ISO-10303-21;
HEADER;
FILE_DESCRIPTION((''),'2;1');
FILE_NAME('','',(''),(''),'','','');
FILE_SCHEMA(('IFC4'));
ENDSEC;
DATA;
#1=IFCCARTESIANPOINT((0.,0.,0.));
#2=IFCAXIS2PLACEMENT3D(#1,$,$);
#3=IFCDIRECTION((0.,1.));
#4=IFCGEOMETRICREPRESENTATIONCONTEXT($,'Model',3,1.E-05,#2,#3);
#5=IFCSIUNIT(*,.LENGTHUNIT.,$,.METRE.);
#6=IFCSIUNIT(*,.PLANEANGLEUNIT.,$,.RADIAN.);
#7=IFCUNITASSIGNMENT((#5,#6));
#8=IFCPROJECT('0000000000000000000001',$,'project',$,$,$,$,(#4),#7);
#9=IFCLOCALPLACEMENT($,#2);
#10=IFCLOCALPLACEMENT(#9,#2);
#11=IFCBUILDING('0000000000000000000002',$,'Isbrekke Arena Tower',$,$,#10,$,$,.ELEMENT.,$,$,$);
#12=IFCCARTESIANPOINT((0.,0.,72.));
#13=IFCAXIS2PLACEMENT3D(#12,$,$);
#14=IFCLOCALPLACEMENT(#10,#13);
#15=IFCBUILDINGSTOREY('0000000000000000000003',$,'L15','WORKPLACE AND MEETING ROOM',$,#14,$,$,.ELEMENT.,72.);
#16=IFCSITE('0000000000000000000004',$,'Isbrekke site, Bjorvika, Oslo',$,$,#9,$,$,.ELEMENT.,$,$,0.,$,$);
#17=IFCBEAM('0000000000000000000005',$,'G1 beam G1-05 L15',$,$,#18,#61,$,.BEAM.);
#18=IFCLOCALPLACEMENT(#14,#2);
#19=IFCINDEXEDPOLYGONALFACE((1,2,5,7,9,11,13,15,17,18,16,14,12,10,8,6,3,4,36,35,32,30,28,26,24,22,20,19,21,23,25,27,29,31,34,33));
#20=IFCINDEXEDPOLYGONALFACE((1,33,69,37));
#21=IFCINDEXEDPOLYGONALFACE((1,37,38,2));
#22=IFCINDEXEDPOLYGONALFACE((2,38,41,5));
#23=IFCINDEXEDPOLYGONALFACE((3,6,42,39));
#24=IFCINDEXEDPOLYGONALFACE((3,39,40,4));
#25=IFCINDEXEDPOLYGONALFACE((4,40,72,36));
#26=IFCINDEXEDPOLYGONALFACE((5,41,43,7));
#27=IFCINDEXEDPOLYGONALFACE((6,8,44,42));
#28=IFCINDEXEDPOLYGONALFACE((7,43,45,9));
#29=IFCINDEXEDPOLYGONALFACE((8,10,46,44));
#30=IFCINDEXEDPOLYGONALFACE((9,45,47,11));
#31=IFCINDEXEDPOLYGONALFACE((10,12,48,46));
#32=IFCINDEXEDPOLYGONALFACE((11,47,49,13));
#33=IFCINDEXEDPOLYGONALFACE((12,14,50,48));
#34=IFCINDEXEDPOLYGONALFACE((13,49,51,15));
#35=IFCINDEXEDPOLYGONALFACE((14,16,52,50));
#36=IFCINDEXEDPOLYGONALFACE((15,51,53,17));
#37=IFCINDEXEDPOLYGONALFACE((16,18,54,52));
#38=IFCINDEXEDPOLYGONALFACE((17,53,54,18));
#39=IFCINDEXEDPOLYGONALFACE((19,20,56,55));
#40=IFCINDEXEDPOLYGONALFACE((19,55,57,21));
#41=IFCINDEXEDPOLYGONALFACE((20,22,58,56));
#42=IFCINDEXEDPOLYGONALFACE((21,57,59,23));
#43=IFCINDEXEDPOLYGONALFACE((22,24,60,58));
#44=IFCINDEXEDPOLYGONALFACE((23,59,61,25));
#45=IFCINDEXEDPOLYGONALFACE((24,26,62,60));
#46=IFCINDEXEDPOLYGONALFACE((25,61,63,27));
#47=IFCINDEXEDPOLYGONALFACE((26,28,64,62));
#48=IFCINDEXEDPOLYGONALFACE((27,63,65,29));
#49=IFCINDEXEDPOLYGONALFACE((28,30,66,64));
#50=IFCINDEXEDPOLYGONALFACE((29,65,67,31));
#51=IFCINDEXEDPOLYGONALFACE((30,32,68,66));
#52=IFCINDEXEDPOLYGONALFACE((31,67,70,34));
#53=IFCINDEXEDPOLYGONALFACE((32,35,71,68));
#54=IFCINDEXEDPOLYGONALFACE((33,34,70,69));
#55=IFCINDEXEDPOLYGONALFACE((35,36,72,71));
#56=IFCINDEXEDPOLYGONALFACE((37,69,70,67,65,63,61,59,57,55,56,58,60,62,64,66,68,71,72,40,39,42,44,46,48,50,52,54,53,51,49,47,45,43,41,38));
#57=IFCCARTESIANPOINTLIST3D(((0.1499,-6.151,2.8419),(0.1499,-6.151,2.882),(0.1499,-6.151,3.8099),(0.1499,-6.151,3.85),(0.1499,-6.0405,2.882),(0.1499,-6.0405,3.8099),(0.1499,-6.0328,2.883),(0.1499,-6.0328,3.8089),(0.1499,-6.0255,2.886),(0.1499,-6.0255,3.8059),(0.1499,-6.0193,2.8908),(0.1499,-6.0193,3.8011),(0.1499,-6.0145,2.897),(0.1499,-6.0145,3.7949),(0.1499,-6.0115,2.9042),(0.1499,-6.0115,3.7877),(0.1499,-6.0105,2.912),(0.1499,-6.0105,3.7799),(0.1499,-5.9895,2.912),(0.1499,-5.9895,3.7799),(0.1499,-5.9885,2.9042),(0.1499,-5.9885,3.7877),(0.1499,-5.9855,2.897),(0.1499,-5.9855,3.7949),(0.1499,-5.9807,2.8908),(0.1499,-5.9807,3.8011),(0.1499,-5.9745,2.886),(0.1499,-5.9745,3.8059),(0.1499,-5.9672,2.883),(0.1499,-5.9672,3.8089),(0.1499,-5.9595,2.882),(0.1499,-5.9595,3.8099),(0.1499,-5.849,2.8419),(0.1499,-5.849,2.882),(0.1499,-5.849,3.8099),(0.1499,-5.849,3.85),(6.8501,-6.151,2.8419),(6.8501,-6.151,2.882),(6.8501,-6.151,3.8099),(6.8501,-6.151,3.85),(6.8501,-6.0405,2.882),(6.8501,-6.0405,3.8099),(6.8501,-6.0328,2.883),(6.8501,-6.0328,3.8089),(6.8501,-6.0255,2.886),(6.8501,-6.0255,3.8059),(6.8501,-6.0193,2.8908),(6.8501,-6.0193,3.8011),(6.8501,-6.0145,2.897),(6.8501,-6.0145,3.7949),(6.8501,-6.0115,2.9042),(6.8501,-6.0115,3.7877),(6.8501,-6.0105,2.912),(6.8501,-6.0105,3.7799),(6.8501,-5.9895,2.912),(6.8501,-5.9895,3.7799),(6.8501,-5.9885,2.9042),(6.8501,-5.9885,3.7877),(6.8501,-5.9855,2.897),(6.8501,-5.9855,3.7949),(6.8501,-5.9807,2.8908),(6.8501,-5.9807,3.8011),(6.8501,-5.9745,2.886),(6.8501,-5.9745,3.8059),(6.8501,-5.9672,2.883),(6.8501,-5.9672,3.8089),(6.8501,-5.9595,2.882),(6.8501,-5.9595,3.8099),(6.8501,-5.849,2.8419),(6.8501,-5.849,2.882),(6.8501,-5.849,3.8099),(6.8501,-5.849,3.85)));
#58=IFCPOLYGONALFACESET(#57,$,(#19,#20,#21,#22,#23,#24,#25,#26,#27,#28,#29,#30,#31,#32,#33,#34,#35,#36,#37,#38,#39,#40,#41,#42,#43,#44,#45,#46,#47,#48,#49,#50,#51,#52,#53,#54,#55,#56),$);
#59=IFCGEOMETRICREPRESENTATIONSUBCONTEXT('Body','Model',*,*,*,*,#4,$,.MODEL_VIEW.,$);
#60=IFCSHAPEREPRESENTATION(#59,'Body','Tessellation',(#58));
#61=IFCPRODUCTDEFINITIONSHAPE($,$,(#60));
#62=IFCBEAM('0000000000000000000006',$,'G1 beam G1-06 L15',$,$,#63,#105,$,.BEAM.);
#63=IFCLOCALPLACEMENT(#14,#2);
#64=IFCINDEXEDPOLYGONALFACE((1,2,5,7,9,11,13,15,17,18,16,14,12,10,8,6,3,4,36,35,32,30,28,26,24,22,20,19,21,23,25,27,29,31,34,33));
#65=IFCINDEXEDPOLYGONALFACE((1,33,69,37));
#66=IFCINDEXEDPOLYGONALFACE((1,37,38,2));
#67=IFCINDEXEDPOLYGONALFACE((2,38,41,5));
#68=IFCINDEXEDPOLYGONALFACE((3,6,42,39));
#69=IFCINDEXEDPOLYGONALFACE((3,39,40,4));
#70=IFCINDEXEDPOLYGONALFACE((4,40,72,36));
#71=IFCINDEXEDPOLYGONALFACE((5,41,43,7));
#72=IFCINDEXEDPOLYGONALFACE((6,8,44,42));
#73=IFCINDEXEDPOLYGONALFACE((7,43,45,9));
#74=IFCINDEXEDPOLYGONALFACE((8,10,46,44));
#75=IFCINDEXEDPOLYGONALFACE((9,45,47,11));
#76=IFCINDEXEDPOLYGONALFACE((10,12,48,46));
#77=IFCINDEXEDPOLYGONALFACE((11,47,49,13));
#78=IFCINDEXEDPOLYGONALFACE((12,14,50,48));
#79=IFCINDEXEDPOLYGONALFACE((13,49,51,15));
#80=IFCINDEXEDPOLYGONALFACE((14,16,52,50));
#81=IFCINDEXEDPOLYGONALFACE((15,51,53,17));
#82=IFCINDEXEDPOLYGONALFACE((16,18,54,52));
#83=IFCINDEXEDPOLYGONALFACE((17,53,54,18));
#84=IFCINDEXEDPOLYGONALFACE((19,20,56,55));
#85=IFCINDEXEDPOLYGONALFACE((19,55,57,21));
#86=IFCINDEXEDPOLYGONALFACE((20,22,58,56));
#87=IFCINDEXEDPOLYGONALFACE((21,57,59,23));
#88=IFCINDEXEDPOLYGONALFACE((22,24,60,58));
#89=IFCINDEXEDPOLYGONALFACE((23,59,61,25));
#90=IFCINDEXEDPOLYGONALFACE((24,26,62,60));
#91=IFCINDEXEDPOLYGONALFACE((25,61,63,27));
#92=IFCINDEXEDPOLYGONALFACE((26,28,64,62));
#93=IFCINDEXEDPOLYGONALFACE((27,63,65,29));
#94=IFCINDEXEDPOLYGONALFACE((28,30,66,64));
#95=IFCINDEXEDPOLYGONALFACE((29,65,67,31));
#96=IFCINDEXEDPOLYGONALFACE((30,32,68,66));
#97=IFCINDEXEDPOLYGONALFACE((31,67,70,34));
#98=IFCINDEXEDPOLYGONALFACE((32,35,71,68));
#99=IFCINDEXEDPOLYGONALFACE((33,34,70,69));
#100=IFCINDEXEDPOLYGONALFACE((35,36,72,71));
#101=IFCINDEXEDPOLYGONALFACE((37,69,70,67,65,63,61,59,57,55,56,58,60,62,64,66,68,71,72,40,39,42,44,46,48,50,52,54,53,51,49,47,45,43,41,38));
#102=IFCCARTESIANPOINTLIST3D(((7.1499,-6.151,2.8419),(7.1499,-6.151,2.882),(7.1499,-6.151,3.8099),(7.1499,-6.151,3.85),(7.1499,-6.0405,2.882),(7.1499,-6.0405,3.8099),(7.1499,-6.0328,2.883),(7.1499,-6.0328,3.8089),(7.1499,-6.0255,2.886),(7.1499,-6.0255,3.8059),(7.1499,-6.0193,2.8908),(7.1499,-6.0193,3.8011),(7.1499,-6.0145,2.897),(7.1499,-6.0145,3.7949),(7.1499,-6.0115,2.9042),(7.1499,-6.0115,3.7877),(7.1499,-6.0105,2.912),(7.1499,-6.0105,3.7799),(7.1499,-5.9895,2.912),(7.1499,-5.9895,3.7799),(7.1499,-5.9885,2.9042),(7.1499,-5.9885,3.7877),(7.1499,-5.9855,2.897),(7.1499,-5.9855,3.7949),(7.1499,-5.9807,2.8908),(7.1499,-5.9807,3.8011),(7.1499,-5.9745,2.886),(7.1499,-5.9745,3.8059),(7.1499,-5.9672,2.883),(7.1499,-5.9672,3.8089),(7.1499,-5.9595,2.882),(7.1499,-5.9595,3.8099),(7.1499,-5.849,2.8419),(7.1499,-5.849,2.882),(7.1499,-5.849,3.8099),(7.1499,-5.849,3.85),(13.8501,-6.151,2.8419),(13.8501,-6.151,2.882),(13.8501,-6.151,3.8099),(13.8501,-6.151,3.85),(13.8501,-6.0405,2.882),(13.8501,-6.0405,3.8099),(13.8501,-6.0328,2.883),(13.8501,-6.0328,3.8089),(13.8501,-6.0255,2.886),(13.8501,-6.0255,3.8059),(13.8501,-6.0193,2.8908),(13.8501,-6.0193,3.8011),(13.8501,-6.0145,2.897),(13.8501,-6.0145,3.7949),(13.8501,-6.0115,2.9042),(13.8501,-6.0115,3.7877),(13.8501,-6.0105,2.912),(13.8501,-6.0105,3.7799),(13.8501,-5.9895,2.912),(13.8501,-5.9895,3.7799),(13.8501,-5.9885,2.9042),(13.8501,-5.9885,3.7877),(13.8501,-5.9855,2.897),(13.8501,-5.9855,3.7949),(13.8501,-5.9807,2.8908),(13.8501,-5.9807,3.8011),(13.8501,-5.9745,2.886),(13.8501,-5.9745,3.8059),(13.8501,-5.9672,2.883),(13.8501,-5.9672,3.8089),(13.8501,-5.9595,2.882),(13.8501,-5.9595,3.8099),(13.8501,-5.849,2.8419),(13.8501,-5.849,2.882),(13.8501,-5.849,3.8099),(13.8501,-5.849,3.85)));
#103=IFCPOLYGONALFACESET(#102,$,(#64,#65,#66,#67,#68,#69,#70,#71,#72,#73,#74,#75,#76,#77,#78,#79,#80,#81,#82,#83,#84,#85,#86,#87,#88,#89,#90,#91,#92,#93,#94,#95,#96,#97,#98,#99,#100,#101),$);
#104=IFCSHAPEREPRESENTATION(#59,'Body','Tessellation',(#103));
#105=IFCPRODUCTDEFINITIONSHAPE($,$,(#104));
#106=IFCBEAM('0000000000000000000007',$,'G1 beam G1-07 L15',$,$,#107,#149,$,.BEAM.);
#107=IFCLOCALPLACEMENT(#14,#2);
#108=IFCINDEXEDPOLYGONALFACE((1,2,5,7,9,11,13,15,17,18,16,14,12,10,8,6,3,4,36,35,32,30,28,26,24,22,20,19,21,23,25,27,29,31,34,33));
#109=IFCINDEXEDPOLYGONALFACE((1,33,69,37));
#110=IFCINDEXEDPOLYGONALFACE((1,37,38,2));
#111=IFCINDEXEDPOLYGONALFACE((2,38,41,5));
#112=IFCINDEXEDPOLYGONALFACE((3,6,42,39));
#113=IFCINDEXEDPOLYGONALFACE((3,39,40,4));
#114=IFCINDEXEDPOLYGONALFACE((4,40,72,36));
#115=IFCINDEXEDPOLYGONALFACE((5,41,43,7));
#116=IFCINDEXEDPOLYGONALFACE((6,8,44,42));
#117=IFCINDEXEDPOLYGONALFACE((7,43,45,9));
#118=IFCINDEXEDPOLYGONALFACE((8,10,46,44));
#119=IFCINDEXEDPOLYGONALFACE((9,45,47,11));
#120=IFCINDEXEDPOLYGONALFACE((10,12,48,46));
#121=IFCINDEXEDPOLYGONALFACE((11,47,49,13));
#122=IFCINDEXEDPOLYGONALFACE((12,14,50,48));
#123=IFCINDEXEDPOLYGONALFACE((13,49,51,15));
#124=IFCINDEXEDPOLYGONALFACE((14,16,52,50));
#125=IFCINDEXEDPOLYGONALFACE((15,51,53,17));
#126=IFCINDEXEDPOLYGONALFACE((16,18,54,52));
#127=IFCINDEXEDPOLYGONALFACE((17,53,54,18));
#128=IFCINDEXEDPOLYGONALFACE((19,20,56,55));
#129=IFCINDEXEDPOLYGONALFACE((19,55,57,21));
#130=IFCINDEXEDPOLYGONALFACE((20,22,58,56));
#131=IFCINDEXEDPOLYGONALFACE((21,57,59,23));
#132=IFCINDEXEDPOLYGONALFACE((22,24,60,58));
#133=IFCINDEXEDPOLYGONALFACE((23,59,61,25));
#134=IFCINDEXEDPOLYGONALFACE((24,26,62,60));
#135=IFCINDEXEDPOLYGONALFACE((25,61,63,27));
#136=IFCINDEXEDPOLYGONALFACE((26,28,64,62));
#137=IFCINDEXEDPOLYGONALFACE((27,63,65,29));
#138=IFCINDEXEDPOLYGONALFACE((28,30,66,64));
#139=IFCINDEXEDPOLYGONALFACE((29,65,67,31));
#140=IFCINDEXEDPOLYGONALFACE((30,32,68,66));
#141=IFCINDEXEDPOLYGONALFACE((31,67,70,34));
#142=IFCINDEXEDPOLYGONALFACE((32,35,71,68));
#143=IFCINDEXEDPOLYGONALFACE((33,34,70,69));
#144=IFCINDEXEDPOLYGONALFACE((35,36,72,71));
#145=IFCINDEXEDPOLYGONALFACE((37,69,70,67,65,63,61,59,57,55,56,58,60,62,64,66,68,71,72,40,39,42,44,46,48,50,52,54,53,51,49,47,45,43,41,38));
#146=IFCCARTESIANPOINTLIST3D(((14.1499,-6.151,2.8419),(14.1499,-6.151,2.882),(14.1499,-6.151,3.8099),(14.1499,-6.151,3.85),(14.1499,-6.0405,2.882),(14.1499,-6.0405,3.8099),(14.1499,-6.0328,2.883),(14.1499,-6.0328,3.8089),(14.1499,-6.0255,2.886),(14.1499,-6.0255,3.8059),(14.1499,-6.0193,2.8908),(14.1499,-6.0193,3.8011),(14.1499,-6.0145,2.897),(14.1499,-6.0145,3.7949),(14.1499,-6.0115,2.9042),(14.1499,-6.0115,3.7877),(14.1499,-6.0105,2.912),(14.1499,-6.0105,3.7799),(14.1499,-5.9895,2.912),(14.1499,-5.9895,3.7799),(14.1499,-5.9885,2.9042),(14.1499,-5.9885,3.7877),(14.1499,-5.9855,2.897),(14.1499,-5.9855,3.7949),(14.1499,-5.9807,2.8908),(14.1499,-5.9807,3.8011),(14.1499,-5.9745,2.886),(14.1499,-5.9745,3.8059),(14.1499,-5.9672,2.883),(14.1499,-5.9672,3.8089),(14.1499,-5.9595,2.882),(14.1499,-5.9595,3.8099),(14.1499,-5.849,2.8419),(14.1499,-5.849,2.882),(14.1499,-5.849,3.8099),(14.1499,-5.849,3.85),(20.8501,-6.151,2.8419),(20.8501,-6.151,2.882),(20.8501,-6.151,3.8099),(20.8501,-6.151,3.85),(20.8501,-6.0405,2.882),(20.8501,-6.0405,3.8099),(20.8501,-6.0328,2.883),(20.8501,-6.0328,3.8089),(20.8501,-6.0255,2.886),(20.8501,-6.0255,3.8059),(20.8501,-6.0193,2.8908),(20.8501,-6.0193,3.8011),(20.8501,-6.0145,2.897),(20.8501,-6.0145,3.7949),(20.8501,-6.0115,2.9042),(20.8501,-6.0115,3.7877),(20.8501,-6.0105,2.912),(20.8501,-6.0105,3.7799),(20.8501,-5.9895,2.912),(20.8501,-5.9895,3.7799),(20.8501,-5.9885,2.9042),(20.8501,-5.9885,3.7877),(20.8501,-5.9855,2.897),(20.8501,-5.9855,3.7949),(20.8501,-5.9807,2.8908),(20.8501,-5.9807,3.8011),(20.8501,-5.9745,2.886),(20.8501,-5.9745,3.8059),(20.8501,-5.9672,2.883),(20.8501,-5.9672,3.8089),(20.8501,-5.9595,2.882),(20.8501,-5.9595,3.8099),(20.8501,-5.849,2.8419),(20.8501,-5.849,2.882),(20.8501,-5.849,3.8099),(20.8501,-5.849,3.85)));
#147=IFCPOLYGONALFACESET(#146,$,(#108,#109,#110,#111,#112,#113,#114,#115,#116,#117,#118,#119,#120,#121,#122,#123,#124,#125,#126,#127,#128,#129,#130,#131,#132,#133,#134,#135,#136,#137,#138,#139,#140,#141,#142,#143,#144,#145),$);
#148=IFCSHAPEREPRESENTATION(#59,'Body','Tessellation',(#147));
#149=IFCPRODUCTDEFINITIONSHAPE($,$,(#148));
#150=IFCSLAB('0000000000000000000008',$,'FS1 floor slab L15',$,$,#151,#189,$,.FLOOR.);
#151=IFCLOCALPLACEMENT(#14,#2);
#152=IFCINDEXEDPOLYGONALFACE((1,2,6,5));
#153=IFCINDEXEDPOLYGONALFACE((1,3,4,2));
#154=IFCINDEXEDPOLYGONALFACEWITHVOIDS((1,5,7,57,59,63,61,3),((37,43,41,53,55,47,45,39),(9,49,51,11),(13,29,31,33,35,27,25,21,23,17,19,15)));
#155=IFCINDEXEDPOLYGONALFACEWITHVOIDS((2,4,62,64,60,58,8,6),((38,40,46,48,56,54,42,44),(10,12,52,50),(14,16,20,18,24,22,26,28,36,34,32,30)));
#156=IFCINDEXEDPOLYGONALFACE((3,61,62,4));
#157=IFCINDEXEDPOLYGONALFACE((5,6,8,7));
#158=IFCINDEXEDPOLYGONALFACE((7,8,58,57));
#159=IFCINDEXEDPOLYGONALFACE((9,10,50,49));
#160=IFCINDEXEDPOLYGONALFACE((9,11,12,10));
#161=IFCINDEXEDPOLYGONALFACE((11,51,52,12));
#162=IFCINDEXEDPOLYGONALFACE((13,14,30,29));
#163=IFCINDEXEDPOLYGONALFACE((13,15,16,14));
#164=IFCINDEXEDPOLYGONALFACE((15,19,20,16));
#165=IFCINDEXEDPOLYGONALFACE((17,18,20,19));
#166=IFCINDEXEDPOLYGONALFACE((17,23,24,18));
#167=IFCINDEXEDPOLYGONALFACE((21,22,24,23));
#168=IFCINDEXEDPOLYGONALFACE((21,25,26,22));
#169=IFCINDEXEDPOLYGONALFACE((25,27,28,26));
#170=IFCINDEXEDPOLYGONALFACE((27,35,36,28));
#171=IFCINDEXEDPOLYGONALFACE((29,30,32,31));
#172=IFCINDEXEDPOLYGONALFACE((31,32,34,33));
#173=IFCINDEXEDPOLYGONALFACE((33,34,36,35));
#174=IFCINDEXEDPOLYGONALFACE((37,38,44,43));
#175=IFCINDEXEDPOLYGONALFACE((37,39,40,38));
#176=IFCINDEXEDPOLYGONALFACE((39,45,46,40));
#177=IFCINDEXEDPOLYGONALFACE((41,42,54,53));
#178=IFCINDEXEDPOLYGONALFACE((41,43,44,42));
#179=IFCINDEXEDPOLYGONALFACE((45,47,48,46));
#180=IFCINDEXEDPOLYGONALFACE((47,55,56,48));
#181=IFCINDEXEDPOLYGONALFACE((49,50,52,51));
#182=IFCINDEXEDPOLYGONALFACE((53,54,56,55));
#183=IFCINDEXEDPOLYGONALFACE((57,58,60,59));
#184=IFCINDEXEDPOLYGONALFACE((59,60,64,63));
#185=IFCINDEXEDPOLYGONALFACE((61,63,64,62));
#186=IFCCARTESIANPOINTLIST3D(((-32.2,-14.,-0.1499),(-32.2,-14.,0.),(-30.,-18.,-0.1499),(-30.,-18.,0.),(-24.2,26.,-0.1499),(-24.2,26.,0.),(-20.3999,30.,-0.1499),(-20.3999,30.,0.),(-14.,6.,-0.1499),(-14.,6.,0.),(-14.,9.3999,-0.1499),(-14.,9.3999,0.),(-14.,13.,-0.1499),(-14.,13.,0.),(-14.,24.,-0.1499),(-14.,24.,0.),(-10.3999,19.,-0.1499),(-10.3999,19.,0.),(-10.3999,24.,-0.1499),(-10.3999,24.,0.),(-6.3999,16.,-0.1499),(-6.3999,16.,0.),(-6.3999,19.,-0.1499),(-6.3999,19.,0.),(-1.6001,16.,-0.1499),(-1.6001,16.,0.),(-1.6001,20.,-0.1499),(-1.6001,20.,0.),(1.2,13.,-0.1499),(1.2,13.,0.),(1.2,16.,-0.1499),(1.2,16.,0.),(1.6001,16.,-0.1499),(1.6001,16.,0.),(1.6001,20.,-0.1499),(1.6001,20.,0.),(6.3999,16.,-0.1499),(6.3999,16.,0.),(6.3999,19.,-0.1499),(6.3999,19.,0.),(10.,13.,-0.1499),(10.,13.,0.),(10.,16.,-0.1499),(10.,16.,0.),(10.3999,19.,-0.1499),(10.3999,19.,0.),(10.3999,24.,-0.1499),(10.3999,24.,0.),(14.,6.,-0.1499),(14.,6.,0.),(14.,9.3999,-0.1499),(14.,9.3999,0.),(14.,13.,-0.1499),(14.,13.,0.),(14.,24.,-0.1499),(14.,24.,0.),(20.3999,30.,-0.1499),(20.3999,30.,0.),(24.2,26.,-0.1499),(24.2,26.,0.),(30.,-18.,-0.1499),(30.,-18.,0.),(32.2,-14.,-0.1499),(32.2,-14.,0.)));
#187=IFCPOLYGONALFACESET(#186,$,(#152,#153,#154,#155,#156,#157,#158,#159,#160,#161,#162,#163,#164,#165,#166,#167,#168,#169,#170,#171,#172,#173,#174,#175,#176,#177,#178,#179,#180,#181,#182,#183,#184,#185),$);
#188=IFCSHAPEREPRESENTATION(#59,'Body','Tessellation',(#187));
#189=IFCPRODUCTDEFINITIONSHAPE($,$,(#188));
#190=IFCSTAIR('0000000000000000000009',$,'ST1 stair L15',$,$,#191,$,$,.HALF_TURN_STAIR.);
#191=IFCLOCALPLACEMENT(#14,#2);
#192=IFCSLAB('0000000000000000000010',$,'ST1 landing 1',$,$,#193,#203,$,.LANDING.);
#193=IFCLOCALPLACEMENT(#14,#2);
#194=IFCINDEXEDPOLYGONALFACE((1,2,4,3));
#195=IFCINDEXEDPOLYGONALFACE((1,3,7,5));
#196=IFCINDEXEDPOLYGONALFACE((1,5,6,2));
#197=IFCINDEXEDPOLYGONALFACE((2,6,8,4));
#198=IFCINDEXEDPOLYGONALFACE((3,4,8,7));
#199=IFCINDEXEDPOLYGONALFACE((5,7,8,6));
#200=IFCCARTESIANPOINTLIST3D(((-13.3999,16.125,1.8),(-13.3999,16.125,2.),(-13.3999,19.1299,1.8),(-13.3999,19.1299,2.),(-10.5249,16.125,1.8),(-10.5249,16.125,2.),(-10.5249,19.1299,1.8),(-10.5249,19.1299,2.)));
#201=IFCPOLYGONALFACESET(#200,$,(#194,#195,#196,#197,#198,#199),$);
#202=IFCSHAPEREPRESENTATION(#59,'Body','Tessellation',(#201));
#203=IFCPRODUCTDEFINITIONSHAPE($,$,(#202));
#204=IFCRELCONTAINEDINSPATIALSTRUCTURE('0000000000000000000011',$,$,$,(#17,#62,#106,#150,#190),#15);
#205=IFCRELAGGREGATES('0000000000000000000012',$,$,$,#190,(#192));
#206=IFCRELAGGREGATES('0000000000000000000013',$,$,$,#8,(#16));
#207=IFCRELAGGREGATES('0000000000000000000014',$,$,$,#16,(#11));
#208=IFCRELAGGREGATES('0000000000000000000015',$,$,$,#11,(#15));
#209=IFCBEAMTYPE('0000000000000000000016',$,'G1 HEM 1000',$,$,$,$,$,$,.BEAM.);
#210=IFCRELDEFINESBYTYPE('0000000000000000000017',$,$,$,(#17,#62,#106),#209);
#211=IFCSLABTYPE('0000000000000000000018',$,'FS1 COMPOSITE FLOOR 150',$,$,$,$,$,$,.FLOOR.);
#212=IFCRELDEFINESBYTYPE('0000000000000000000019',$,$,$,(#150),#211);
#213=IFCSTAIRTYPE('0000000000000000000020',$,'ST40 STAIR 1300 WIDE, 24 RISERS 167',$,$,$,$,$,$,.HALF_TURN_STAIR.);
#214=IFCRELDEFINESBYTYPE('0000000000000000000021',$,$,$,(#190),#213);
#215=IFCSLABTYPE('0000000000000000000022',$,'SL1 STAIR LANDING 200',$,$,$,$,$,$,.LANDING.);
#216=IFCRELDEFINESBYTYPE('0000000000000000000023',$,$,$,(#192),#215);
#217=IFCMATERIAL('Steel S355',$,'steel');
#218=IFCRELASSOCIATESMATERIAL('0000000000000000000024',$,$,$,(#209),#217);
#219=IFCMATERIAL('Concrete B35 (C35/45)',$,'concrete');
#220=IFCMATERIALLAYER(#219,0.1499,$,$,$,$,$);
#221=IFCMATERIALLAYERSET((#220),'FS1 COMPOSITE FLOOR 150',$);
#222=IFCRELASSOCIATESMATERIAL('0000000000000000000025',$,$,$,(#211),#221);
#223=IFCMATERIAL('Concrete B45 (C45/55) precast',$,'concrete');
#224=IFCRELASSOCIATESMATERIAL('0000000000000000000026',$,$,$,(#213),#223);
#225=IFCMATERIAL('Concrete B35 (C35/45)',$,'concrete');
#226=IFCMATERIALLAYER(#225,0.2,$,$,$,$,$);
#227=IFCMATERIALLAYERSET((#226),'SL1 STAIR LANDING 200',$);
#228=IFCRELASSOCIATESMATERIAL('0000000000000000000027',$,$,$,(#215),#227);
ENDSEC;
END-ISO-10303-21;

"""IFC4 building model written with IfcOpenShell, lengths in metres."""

from ifc_helpers import new_model, si_unit, direction, frame, origin, origin_2d, place, context, subcontext, project, spatial, polyline, i_section, outline, extrude, material, layer, layer_set, material_profile, profile_set, type_object, element, aggregate, save


model = new_model("IFC4")

# Units and contexts
model_context = context("Model", 3, precision=1e-05, world=origin(), true_north=direction((0.0, 1.0)))
body_context = subcontext(model_context, "Body", "Model", "MODEL_VIEW")
ifc_project = project(units=[si_unit("LENGTHUNIT", "METRE"), si_unit("PLANEANGLEUNIT", "RADIAN")], contexts=[model_context])

# Site, building, storey
site_placement = place(None, origin())
site = spatial("IfcSite", under=ifc_project, at=site_placement, Name="Isbrekke site, Bjorvika, Oslo", CompositionType="ELEMENT", RefElevation=0.0)
building_placement = place(site_placement, origin())
building = spatial("IfcBuilding", under=site, at=building_placement, Name="Isbrekke Arena Tower", CompositionType="ELEMENT")
storey_placement = place(building_placement, frame((0.0, 0.0, 72.0)))
storey = spatial("IfcBuildingStorey", under=building, at=storey_placement, Name="L15", Description="WORKPLACE AND MEETING ROOM", CompositionType="ELEMENT", Elevation=72.0)

# Beams
ifc_material_1 = material(Name="Steel S355", Category="steel")
ifc_material_profile_1 = material_profile(ifc_material_1, i_section(OverallWidth=0.302, OverallDepth=1.0081, WebThickness=0.021, FlangeThickness=0.04, FilletRadius=0.03, at=origin_2d()), Name="HEM 1000")
ifc_profile_set_1 = profile_set([ifc_material_profile_1], Name="Steel S355")
beam_type_1 = type_object("IfcBeamType", Name="G1 HEM 1000", PredefinedType="BEAM", material=ifc_profile_set_1)
for number, where, z_axis, x_axis, name in (
    (1, (0.1499, -6.0, 3.3459), (1.0, 0.0, 0.0), (0.0, 1.0, 0.0), "G1 beam G1-05 L15"),
    (2, (7.1499, -6.0, 3.3459), (1.0, 0.0, 0.0), (0.0, 1.0, 0.0), "G1 beam G1-06 L15"),
    (3, (14.1499, -6.0, 3.3459), (1.0, 0.0, 0.0), (0.0, 1.0, 0.0), "G1 beam G1-07 L15"),
):
    element("IfcBeam", number, at=place(storey_placement, frame(where, z_axis=z_axis, x_axis=x_axis)), inside=storey, type_object=beam_type_1, Name=name, PredefinedType="BEAM", context=body_context, shape_type="SweptSolid", body=[
        extrude(i_section(OverallWidth=0.302, OverallDepth=1.0081, WebThickness=0.021, FlangeThickness=0.04, FilletRadius=0.03, at=origin_2d()), origin(), (0.0, 0.0, 1.0), 6.7002),
    ])

# Slab
ifc_material_2 = material(Name="Concrete B35 (C35/45)", Category="concrete")
ifc_layer_1 = layer(ifc_material_2, 0.1499)
ifc_layer_set_1 = layer_set([ifc_layer_1], Name="FS1 COMPOSITE FLOOR 150")
slab_type_1 = type_object("IfcSlabType", Name="FS1 COMPOSITE FLOOR 150", PredefinedType="FLOOR", material=ifc_layer_set_1)
slab_1_placement = place(storey_placement, frame((0.0, 0.0, -0.1499)))
element("IfcSlab", 4, at=slab_1_placement, inside=storey, type_object=slab_type_1, Name="FS1 floor slab L15", PredefinedType="FLOOR", context=body_context, shape_type="SweptSolid", body=[
    extrude(outline(polyline([(-30.0, -18.0), (30.0, -18.0), (32.2, -14.0), (24.2, 26.0), (20.3999, 30.0), (-20.3999, 30.0), (-24.2, 26.0), (-32.2, -14.0), (-30.0, -18.0)]), holes=[polyline([(14.0, 9.3999), (14.0, 6.0), (-14.0, 6.0), (-14.0, 9.3999), (14.0, 9.3999)]), polyline([(-6.3999, 19.0), (-6.3999, 16.0), (-1.6001, 16.0), (-1.6001, 20.0), (1.6001, 20.0), (1.6001, 16.0), (1.2, 16.0), (1.2, 13.0), (-14.0, 13.0), (-14.0, 24.0), (-10.3999, 24.0), (-10.3999, 19.0), (-6.3999, 19.0)]), polyline([(10.0, 13.0), (10.0, 16.0), (6.3999, 16.0), (6.3999, 19.0), (10.3999, 19.0), (10.3999, 24.0), (14.0, 24.0), (14.0, 13.0), (10.0, 13.0)])]), origin(), (0.0, 0.0, 1.0), 0.1499),
])

# Stair, slab
ifc_material_3 = material(Name="Concrete B45 (C45/55) precast", Category="concrete")
stair_type = type_object("IfcStairType", Name="ST40 STAIR 1300 WIDE, 24 RISERS 167", PredefinedType="HALF_TURN_STAIR", material=ifc_material_3)
stair_1_placement = place(storey_placement, origin())
stair_1 = element("IfcStair", 5, at=stair_1_placement, inside=storey, type_object=stair_type, Name="ST1 stair L15", PredefinedType="HALF_TURN_STAIR")
ifc_material_4 = material(Name="Concrete B35 (C35/45)", Category="concrete")
ifc_layer_2 = layer(ifc_material_4, 0.2)
ifc_layer_set_2 = layer_set([ifc_layer_2], Name="SL1 STAIR LANDING 200")
slab_type_2 = type_object("IfcSlabType", Name="SL1 STAIR LANDING 200", PredefinedType="LANDING", material=ifc_layer_set_2)
slab_2_placement = place(storey_placement, frame((0.0, 0.0, 1.8)))
slab_2 = element("IfcSlab", 6, at=slab_2_placement, type_object=slab_type_2, Name="ST1 landing 1", PredefinedType="LANDING", context=body_context, shape_type="SweptSolid", body=[
    extrude(outline(polyline([(-13.3999, 16.125), (-10.5249, 16.125), (-10.5249, 19.1299), (-13.3999, 19.1299), (-13.3999, 16.125)])), origin(), (0.0, 0.0, 1.0), 0.2),
])
aggregate(stair_1, [slab_2])

save(model, "model.ifc")
